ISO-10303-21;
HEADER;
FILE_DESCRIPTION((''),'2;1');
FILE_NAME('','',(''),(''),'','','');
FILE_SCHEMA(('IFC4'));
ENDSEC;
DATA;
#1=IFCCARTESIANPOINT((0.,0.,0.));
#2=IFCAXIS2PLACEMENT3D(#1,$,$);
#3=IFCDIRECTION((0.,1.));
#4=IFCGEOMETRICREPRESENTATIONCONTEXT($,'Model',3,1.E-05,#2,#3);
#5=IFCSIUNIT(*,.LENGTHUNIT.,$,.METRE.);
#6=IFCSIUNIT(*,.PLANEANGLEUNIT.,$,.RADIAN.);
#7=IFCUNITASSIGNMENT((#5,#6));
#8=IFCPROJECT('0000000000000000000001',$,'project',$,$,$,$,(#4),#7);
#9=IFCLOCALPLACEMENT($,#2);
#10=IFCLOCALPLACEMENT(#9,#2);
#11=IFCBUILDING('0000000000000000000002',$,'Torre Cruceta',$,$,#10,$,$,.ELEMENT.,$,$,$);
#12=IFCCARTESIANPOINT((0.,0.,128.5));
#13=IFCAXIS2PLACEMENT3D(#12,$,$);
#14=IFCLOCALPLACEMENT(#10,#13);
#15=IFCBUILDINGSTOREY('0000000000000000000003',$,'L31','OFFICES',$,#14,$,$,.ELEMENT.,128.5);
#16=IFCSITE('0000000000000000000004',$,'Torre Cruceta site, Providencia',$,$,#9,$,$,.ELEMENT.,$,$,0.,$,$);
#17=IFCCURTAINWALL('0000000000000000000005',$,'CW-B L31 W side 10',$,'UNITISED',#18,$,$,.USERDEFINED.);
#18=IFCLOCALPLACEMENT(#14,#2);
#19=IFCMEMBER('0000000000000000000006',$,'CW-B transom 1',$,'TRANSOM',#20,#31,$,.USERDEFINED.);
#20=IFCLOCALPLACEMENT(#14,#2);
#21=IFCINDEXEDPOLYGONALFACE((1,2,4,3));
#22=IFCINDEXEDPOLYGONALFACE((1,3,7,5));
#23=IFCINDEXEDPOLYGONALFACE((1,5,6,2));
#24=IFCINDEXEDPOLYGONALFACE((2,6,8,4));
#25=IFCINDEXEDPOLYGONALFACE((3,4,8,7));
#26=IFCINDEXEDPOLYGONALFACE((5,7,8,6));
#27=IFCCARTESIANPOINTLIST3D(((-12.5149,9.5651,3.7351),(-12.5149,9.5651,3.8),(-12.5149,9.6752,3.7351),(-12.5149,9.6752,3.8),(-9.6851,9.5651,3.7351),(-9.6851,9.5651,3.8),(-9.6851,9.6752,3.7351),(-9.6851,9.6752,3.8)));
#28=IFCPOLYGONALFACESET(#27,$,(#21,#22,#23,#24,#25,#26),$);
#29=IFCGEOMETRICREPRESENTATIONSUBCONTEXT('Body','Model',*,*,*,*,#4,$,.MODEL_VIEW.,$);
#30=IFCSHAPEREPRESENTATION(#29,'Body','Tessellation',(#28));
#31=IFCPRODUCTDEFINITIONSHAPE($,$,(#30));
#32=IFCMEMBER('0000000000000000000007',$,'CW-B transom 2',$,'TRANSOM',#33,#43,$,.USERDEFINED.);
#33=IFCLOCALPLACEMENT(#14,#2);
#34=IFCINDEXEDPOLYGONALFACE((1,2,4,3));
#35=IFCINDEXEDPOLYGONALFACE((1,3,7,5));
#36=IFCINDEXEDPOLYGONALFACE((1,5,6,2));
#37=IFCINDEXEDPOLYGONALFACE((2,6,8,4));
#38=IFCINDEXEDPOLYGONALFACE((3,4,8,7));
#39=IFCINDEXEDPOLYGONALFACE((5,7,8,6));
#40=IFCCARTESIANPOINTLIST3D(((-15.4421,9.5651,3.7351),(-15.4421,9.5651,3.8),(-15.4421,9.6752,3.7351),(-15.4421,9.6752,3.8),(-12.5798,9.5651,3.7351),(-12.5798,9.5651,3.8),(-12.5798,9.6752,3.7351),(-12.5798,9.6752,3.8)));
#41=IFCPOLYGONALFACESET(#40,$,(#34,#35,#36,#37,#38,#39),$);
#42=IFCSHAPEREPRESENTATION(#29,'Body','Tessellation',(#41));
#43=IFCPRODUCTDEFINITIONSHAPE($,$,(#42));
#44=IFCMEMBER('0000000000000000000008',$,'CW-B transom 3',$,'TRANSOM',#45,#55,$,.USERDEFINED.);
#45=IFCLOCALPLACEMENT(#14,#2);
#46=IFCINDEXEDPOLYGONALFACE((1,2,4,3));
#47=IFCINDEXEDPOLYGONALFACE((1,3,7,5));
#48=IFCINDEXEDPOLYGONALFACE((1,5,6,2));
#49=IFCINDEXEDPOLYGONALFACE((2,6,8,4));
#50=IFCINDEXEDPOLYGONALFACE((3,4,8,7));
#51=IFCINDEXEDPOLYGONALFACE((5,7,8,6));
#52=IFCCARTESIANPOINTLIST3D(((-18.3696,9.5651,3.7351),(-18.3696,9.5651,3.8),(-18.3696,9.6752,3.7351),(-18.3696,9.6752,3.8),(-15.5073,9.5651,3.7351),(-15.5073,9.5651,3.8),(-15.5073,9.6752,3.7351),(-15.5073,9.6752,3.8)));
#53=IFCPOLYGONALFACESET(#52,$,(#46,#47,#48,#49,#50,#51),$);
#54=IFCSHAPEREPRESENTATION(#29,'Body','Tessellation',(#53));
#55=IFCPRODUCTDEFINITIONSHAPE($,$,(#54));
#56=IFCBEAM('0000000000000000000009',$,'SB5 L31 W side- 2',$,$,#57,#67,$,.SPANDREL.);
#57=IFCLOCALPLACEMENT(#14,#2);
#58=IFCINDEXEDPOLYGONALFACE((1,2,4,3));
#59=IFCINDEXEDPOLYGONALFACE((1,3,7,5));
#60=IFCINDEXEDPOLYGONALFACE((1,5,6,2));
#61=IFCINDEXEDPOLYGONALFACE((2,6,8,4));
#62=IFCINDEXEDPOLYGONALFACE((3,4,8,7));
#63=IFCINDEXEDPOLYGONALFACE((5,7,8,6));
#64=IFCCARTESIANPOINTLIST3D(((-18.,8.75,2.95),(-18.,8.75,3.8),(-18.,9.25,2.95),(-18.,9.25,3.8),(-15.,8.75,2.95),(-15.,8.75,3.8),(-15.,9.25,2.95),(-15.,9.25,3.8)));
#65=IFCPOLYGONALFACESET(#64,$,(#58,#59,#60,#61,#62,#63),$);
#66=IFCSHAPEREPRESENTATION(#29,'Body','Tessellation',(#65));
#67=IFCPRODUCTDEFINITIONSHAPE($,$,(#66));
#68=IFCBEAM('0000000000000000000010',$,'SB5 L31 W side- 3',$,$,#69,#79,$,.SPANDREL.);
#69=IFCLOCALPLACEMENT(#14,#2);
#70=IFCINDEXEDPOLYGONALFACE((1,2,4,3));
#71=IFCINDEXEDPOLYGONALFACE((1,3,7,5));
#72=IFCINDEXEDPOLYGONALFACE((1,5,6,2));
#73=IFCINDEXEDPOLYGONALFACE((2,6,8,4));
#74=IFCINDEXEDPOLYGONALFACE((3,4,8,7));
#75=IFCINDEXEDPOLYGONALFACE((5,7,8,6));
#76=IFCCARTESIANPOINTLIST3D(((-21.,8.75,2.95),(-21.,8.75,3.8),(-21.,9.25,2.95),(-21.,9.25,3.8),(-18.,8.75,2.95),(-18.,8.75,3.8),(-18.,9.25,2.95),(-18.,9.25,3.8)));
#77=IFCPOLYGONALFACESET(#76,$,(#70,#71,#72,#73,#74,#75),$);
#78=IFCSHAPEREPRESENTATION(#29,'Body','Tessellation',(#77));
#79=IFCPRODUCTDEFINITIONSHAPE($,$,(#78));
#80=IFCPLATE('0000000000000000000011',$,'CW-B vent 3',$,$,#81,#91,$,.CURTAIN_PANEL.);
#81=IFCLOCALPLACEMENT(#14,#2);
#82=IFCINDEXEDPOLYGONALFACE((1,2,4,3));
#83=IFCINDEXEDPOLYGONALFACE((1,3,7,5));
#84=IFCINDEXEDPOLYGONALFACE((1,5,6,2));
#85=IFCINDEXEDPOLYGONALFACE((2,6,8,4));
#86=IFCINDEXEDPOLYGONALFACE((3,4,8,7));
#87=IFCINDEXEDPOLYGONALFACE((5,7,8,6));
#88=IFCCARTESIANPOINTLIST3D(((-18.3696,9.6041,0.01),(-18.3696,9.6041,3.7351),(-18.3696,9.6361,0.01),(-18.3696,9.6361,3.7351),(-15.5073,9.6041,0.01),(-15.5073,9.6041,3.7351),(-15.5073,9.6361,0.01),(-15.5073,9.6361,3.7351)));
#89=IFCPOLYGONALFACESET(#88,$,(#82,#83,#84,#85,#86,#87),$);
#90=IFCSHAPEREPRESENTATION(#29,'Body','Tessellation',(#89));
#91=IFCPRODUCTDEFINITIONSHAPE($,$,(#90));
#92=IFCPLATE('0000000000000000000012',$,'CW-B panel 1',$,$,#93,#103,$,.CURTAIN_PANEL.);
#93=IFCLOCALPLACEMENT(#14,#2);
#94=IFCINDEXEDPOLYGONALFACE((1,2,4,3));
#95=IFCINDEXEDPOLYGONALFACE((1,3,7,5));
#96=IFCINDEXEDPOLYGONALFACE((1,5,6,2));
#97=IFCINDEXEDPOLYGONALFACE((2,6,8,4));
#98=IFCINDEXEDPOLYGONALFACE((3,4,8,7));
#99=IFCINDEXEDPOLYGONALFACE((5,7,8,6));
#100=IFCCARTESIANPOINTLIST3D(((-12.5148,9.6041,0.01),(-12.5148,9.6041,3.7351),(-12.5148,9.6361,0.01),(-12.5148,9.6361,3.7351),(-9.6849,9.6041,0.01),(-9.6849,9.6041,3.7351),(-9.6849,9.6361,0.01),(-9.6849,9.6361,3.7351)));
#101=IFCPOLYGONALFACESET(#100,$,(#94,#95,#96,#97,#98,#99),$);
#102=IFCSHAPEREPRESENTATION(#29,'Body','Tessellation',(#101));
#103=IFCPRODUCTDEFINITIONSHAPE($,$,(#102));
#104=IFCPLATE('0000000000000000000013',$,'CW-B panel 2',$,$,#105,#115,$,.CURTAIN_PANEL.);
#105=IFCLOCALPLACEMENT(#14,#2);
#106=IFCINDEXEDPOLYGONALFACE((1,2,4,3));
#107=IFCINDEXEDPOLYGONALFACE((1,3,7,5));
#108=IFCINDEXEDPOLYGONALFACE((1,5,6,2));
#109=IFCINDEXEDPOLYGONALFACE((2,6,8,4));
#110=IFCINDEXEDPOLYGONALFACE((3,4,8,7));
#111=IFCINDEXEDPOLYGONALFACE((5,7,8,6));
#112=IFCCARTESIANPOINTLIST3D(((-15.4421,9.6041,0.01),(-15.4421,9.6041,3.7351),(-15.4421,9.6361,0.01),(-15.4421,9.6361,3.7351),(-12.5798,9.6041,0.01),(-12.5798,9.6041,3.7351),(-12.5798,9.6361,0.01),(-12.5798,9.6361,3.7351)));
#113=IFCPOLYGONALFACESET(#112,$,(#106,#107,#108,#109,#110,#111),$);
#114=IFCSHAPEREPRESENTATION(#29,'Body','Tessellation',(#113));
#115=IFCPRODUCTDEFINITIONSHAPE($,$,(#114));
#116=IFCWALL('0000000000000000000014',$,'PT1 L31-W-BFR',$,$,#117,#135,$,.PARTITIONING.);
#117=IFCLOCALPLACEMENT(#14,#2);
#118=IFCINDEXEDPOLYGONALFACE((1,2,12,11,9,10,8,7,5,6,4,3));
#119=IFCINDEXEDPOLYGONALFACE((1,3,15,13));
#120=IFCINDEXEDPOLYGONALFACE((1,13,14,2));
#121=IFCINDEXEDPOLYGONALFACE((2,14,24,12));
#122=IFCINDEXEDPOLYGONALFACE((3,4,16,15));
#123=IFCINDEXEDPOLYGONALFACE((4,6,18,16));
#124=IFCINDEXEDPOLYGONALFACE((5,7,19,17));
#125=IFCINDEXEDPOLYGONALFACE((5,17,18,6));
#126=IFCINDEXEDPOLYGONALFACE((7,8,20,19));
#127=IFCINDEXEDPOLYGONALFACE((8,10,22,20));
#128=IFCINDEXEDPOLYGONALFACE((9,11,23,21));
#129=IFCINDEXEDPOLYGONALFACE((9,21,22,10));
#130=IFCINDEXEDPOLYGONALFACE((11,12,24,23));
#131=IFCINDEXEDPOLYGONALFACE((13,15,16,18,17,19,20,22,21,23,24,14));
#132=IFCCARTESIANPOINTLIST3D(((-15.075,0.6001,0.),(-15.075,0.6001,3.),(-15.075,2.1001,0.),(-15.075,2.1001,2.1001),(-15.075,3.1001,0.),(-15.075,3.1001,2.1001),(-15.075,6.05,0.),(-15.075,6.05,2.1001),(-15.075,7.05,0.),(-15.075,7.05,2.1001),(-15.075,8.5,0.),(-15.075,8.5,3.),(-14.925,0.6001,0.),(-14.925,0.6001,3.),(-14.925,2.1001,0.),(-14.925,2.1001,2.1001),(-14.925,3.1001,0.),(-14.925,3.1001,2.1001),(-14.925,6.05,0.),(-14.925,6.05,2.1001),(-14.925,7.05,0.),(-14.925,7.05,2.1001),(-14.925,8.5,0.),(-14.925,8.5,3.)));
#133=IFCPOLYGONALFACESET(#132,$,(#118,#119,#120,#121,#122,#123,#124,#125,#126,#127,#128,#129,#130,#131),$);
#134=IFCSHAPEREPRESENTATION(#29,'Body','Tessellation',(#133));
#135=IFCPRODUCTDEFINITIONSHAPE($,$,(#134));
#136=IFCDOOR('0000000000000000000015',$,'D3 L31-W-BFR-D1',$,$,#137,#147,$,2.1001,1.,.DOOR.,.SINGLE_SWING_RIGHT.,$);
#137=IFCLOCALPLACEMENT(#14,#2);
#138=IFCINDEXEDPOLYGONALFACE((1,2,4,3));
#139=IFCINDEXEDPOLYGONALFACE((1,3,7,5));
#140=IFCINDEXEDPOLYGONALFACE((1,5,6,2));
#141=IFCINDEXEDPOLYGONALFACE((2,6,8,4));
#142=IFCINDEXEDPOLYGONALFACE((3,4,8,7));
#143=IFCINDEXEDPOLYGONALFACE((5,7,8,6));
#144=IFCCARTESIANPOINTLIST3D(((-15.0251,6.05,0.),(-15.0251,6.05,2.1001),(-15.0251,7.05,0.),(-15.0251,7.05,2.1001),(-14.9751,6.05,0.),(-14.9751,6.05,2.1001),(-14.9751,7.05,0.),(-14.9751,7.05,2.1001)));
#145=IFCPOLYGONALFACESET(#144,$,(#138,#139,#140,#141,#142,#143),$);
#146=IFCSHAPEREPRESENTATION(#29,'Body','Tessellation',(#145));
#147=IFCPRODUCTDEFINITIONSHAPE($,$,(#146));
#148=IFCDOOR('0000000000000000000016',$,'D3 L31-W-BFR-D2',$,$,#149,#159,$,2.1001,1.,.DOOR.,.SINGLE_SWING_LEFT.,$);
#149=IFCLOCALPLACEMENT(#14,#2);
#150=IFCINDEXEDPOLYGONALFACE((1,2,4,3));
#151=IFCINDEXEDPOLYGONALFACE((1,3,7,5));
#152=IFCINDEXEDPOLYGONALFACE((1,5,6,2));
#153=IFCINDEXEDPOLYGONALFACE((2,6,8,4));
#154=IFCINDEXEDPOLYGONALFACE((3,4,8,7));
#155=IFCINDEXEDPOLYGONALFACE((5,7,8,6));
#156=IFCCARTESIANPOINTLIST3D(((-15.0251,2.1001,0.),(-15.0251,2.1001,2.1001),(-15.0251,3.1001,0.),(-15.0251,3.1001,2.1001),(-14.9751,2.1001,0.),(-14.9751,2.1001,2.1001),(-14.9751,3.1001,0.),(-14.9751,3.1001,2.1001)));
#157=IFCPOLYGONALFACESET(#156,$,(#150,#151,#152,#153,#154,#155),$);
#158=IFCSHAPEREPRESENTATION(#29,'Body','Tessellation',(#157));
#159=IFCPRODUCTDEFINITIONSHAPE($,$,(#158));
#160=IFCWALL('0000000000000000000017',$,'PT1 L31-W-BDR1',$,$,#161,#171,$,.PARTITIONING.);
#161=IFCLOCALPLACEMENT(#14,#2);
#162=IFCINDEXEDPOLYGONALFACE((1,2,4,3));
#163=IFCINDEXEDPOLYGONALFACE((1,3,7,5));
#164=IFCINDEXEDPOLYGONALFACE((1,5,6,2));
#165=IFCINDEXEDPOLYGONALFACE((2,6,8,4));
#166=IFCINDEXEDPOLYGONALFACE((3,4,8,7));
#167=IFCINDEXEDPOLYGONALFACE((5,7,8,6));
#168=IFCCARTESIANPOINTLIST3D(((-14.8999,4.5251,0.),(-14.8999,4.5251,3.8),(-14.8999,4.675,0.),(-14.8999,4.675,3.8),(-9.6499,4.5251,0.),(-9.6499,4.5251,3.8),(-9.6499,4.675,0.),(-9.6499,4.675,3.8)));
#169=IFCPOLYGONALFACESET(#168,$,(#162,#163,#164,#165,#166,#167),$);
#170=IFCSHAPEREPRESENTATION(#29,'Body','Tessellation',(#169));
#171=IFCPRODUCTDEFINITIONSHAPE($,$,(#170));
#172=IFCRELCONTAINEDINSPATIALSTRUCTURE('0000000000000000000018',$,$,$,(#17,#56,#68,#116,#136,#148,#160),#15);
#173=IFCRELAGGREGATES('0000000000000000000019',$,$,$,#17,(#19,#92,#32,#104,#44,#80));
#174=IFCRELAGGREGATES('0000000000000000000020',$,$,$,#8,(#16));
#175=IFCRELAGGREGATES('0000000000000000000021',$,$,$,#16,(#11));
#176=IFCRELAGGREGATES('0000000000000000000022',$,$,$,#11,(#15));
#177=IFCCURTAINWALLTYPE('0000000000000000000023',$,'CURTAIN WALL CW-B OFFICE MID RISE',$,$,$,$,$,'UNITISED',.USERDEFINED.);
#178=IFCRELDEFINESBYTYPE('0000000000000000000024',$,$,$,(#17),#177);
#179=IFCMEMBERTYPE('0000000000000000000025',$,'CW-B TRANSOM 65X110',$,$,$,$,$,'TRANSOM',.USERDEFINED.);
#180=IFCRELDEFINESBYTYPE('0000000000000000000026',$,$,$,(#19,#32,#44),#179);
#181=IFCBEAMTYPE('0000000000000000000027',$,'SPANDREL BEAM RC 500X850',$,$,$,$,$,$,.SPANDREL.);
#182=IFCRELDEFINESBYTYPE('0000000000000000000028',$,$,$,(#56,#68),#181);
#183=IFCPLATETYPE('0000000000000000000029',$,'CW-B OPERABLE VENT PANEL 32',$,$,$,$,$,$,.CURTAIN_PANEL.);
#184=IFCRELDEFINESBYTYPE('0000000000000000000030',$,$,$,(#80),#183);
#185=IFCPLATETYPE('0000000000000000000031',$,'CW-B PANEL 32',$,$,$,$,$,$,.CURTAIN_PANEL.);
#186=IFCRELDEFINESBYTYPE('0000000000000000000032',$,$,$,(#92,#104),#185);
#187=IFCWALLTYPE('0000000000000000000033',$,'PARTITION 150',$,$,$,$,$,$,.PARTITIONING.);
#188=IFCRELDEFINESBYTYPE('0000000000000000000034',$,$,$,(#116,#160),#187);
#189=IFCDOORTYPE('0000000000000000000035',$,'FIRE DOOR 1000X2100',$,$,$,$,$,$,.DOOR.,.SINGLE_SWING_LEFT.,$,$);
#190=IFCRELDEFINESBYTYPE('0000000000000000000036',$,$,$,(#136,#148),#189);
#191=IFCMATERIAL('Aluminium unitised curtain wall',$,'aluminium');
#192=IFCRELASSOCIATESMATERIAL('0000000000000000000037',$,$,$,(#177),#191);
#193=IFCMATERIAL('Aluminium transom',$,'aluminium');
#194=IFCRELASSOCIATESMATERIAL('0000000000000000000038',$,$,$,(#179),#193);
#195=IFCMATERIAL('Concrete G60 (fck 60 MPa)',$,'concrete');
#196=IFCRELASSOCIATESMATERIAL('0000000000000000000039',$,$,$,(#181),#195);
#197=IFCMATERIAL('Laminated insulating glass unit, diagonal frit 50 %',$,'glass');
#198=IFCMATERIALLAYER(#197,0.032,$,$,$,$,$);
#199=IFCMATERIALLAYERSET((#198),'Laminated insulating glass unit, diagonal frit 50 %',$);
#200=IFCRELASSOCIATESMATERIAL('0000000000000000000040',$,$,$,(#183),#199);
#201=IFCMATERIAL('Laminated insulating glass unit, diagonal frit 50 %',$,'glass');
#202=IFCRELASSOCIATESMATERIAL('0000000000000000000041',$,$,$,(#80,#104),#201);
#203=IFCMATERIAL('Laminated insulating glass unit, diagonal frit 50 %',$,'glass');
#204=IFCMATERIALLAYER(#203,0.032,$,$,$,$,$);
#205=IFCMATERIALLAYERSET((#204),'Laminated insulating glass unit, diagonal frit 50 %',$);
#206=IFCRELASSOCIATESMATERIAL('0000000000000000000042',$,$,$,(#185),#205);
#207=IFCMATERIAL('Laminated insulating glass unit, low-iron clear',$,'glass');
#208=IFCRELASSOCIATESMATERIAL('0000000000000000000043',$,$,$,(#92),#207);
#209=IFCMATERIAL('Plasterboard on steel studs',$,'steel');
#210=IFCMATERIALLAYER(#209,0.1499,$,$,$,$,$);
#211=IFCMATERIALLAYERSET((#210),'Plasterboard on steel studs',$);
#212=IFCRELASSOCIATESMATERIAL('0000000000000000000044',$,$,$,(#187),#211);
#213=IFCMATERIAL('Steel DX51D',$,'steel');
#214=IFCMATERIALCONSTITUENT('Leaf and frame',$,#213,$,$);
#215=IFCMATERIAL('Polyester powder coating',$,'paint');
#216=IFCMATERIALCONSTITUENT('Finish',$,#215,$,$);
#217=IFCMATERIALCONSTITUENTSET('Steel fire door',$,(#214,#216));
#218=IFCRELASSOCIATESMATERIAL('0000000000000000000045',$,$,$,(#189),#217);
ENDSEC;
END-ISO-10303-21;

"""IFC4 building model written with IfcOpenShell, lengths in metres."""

from ifc_helpers import new_model, si_unit, direction, frame, frame_2d, origin, origin_2d, place, context, subcontext, project, spatial, rectangle, extrude, material, layer, layer_set, constituent, constituent_set, material_profile, profile_set, type_object, element, fill, aggregate, save


model = new_model("IFC4")

# Units and contexts
model_context = context("Model", 3, precision=1e-05, world=origin(), true_north=direction((0.0, 1.0)))
body_context = subcontext(model_context, "Body", "Model", "MODEL_VIEW")
ifc_project = project(units=[si_unit("LENGTHUNIT", "METRE"), si_unit("PLANEANGLEUNIT", "RADIAN")], contexts=[model_context])

# Site, building, storey
site_placement = place(None, origin())
site = spatial("IfcSite", under=ifc_project, at=site_placement, Name="Torre Cruceta site, Providencia", CompositionType="ELEMENT", RefElevation=0.0)
building_placement = place(site_placement, origin())
building = spatial("IfcBuilding", under=site, at=building_placement, Name="Torre Cruceta", CompositionType="ELEMENT")
storey_placement = place(building_placement, frame((0.0, 0.0, 128.5)))
storey = spatial("IfcBuildingStorey", under=building, at=storey_placement, Name="L31", Description="OFFICES", CompositionType="ELEMENT", Elevation=128.5)

# Curtain wall, members
ifc_material_1 = material(Name="Aluminium unitised curtain wall", Category="aluminium")
curtain_wall_type = type_object("IfcCurtainWallType", Name="CURTAIN WALL CW-B OFFICE MID RISE", ElementType="UNITISED", PredefinedType="USERDEFINED", material=ifc_material_1)
curtain_wall_placement = place(storey_placement, origin())
curtain_wall = element("IfcCurtainWall", 1, at=curtain_wall_placement, inside=storey, type_object=curtain_wall_type, Name="CW-B L31 W side 10", ObjectType="UNITISED", PredefinedType="USERDEFINED")
ifc_material_2 = material(Name="Aluminium transom", Category="aluminium")
ifc_material_profile_1 = material_profile(ifc_material_2, rectangle(XDim=0.1101, YDim=0.0649, at=origin_2d()), Name="AL 110X65")
ifc_profile_set_1 = profile_set([ifc_material_profile_1], Name="Aluminium transom")
member_type_1 = type_object("IfcMemberType", Name="CW-B TRANSOM 65X110", ElementType="TRANSOM", PredefinedType="USERDEFINED", material=ifc_profile_set_1)
member_1_placement = place(storey_placement, frame((-9.6851, 9.6201, 3.7676), z_axis=(-1.0, 0.0, 0.0), x_axis=(0.0, -1.0, 0.0)))
member_1 = element("IfcMember", 2, at=member_1_placement, type_object=member_type_1, Name="CW-B transom 1", ObjectType="TRANSOM", PredefinedType="USERDEFINED", context=body_context, shape_type="SweptSolid", body=[
    extrude(rectangle(XDim=0.1101, YDim=0.0649, at=origin_2d()), origin(), (0.0, 0.0, 1.0), 2.8298),
])
member_2_placement = place(storey_placement, frame((-12.5798, 9.6201, 3.7676), z_axis=(-1.0, 0.0, 0.0), x_axis=(0.0, -1.0, 0.0)))
member_2 = element("IfcMember", 3, at=member_2_placement, type_object=member_type_1, Name="CW-B transom 2", ObjectType="TRANSOM", PredefinedType="USERDEFINED", context=body_context, shape_type="SweptSolid", body=[
    extrude(rectangle(XDim=0.1101, YDim=0.0649, at=origin_2d()), origin(), (0.0, 0.0, 1.0), 2.8623),
])
member_3_placement = place(storey_placement, frame((-15.5073, 9.6201, 3.7676), z_axis=(-1.0, 0.0, 0.0), x_axis=(0.0, -1.0, 0.0)))
member_3 = element("IfcMember", 4, at=member_3_placement, type_object=member_type_1, Name="CW-B transom 3", ObjectType="TRANSOM", PredefinedType="USERDEFINED", context=body_context, shape_type="SweptSolid", body=[
    extrude(rectangle(XDim=0.1101, YDim=0.0649, at=origin_2d()), origin(), (0.0, 0.0, 1.0), 2.8623),
])

# Beams
ifc_material_3 = material(Name="Concrete G60 (fck 60 MPa)", Category="concrete")
ifc_material_profile_2 = material_profile(ifc_material_3, rectangle(XDim=0.5, YDim=0.8501, at=origin_2d()), Name="RC 500X850")
ifc_profile_set_2 = profile_set([ifc_material_profile_2], Name="Concrete G60 (fck 60 MPa)")
beam_type_1 = type_object("IfcBeamType", Name="SPANDREL BEAM RC 500X850", PredefinedType="SPANDREL", material=ifc_profile_set_2)
for number, where, z_axis, x_axis, name in (
    (5, (-15.0, 9.0, 3.375), (-1.0, 0.0, 0.0), (0.0, -1.0, 0.0), "SB5 L31 W side- 2"),
    (6, (-18.0, 9.0, 3.375), (-1.0, 0.0, 0.0), (0.0, -1.0, 0.0), "SB5 L31 W side- 3"),
):
    element("IfcBeam", number, at=place(storey_placement, frame(where, z_axis=z_axis, x_axis=x_axis)), inside=storey, type_object=beam_type_1, Name=name, PredefinedType="SPANDREL", context=body_context, shape_type="SweptSolid", body=[
        extrude(rectangle(XDim=0.5, YDim=0.8501, at=origin_2d()), origin(), (0.0, 0.0, 1.0), 3.0),
    ])

# Plates
ifc_material_4 = material(Name="Laminated insulating glass unit, diagonal frit 50 %", Category="glass")
ifc_material_5 = material(Name="Laminated insulating glass unit, diagonal frit 50 %", Category="glass")
ifc_layer_1 = layer(ifc_material_5, 0.032)
ifc_layer_set_1 = layer_set([ifc_layer_1], Name="Laminated insulating glass unit, diagonal frit 50 %")
plate_type_1 = type_object("IfcPlateType", Name="CW-B OPERABLE VENT PANEL 32", PredefinedType="CURTAIN_PANEL", material=ifc_layer_set_1)
plate_1_placement = place(storey_placement, frame((-16.9385, 9.6201, 0.01), z_axis=(0.0, 0.0, 1.0), x_axis=(-1.0, 0.0, 0.0)))
plate_1 = element("IfcPlate", 7, at=plate_1_placement, type_object=plate_type_1, material=ifc_material_4, Name="CW-B vent 3", PredefinedType="CURTAIN_PANEL", context=body_context, shape_type="SweptSolid", body=[
    extrude(rectangle(XDim=2.8623, YDim=0.032, at=origin_2d()), origin(), (0.0, 0.0, 1.0), 3.7251),
])
ifc_material_6 = material(Name="Laminated insulating glass unit, low-iron clear", Category="glass")
ifc_material_7 = material(Name="Laminated insulating glass unit, diagonal frit 50 %", Category="glass")
ifc_layer_2 = layer(ifc_material_7, 0.032)
ifc_layer_set_2 = layer_set([ifc_layer_2], Name="Laminated insulating glass unit, diagonal frit 50 %")
plate_type_2 = type_object("IfcPlateType", Name="CW-B PANEL 32", PredefinedType="CURTAIN_PANEL", material=ifc_layer_set_2)
plate_2_placement = place(storey_placement, frame((-11.0999, 9.6201, 0.01), z_axis=(0.0, 0.0, 1.0), x_axis=(-1.0, 0.0, 0.0)))
plate_2 = element("IfcPlate", 8, at=plate_2_placement, type_object=plate_type_2, material=ifc_material_6, Name="CW-B panel 1", PredefinedType="CURTAIN_PANEL", context=body_context, shape_type="SweptSolid", body=[
    extrude(rectangle(XDim=2.8298, YDim=0.032, at=origin_2d()), origin(), (0.0, 0.0, 1.0), 3.7251),
])
plate_3_placement = place(storey_placement, frame((-14.011, 9.6201, 0.01), z_axis=(0.0, 0.0, 1.0), x_axis=(-1.0, 0.0, 0.0)))
plate_3 = element("IfcPlate", 9, at=plate_3_placement, type_object=plate_type_2, material=ifc_material_4, Name="CW-B panel 2", PredefinedType="CURTAIN_PANEL", context=body_context, shape_type="SweptSolid", body=[
    extrude(rectangle(XDim=2.8623, YDim=0.032, at=origin_2d()), origin(), (0.0, 0.0, 1.0), 3.7251),
])
aggregate(curtain_wall, [member_1, plate_2, member_2, plate_3, member_3, plate_1])

# Wall, openings, doors
ifc_material_8 = material(Name="Plasterboard on steel studs", Category="steel")
ifc_layer_3 = layer(ifc_material_8, 0.1499)
ifc_layer_set_3 = layer_set([ifc_layer_3], Name="Plasterboard on steel studs")
wall_type = type_object("IfcWallType", Name="PARTITION 150", PredefinedType="PARTITIONING", material=ifc_layer_set_3)
wall_1_placement = place(storey_placement, frame((-15.0, 8.5, 0.0), z_axis=(0.0, 0.0, 1.0), x_axis=(0.0, -1.0, 0.0)))
wall_1 = element("IfcWall", 10, at=wall_1_placement, inside=storey, type_object=wall_type, Name="PT1 L31-W-BFR", PredefinedType="PARTITIONING", context=body_context, shape_type="SweptSolid", body=[
    extrude(rectangle(XDim=7.8999, YDim=0.1499, at=frame_2d((3.95, 0.0))), origin(), (0.0, 0.0, 1.0), 3.0),
])
opening_1_placement = place(wall_1_placement, frame((1.45, 0.0, 0.0)))
opening_1 = element("IfcOpeningElement", 11, at=opening_1_placement, cuts=wall_1, PredefinedType="OPENING", context=body_context, shape_type="SweptSolid", body=[
    extrude(rectangle(XDim=1.0, YDim=2.1001, at=frame_2d((0.5, 1.05))), frame((0.0, 0.085, 0.0), z_axis=(0.0, -1.0, 0.0), x_axis=(1.0, 0.0, 0.0)), (0.0, 0.0, 1.0), 0.1699),
])
opening_2_placement = place(wall_1_placement, frame((5.3999, 0.0, 0.0)))
opening_2 = element("IfcOpeningElement", 12, at=opening_2_placement, cuts=wall_1, PredefinedType="OPENING", context=body_context, shape_type="SweptSolid", body=[
    extrude(rectangle(XDim=1.0, YDim=2.1001, at=frame_2d((0.5, 1.05))), frame((0.0, 0.085, 0.0), z_axis=(0.0, -1.0, 0.0), x_axis=(1.0, 0.0, 0.0)), (0.0, 0.0, 1.0), 0.1699),
])
ifc_material_9 = material(Name="Steel DX51D", Category="steel")
ifc_constituent_1 = constituent(ifc_material_9, Name="Leaf and frame")
ifc_material_10 = material(Name="Polyester powder coating", Category="paint")
ifc_constituent_2 = constituent(ifc_material_10, Name="Finish")
ifc_constituent_set = constituent_set(constituents=[ifc_constituent_1, ifc_constituent_2], Name="Steel fire door")
door_type = type_object("IfcDoorType", Name="FIRE DOOR 1000X2100", OperationType="SINGLE_SWING_LEFT", PredefinedType="DOOR", material=ifc_constituent_set)
door_1_placement = place(opening_1_placement, origin())
door_1 = element("IfcDoor", 13, at=door_1_placement, inside=storey, type_object=door_type, Name="D3 L31-W-BFR-D1", OperationType="SINGLE_SWING_RIGHT", OverallHeight=2.1001, OverallWidth=1.0, PredefinedType="DOOR", context=body_context, shape_type="SweptSolid", body=[
    extrude(rectangle(XDim=1.0, YDim=2.1001, at=frame_2d((0.5, 1.05))), frame((0.0, 0.0249, 0.0), z_axis=(0.0, -1.0, 0.0), x_axis=(1.0, 0.0, 0.0)), (0.0, 0.0, 1.0), 0.05),
])
fill(opening_1, door_1)
door_2_placement = place(opening_2_placement, origin())
door_2 = element("IfcDoor", 14, at=door_2_placement, inside=storey, type_object=door_type, Name="D3 L31-W-BFR-D2", OperationType="SINGLE_SWING_LEFT", OverallHeight=2.1001, OverallWidth=1.0, PredefinedType="DOOR", context=body_context, shape_type="SweptSolid", body=[
    extrude(rectangle(XDim=1.0, YDim=2.1001, at=frame_2d((0.5, 1.05))), frame((0.0, 0.0249, 0.0), z_axis=(0.0, -1.0, 0.0), x_axis=(1.0, 0.0, 0.0)), (0.0, 0.0, 1.0), 0.05),
])
fill(opening_2, door_2)

# Wall
wall_2_placement = place(storey_placement, frame((-9.6499, 4.6001, 0.0), z_axis=(0.0, 0.0, 1.0), x_axis=(-1.0, 0.0, 0.0)))
element("IfcWall", 15, at=wall_2_placement, inside=storey, type_object=wall_type, Name="PT1 L31-W-BDR1", PredefinedType="PARTITIONING", context=body_context, shape_type="SweptSolid", body=[
    extrude(rectangle(XDim=5.25, YDim=0.1499, at=frame_2d((2.625, 0.0))), origin(), (0.0, 0.0, 1.0), 3.8),
])

save(model, "model.ifc")
